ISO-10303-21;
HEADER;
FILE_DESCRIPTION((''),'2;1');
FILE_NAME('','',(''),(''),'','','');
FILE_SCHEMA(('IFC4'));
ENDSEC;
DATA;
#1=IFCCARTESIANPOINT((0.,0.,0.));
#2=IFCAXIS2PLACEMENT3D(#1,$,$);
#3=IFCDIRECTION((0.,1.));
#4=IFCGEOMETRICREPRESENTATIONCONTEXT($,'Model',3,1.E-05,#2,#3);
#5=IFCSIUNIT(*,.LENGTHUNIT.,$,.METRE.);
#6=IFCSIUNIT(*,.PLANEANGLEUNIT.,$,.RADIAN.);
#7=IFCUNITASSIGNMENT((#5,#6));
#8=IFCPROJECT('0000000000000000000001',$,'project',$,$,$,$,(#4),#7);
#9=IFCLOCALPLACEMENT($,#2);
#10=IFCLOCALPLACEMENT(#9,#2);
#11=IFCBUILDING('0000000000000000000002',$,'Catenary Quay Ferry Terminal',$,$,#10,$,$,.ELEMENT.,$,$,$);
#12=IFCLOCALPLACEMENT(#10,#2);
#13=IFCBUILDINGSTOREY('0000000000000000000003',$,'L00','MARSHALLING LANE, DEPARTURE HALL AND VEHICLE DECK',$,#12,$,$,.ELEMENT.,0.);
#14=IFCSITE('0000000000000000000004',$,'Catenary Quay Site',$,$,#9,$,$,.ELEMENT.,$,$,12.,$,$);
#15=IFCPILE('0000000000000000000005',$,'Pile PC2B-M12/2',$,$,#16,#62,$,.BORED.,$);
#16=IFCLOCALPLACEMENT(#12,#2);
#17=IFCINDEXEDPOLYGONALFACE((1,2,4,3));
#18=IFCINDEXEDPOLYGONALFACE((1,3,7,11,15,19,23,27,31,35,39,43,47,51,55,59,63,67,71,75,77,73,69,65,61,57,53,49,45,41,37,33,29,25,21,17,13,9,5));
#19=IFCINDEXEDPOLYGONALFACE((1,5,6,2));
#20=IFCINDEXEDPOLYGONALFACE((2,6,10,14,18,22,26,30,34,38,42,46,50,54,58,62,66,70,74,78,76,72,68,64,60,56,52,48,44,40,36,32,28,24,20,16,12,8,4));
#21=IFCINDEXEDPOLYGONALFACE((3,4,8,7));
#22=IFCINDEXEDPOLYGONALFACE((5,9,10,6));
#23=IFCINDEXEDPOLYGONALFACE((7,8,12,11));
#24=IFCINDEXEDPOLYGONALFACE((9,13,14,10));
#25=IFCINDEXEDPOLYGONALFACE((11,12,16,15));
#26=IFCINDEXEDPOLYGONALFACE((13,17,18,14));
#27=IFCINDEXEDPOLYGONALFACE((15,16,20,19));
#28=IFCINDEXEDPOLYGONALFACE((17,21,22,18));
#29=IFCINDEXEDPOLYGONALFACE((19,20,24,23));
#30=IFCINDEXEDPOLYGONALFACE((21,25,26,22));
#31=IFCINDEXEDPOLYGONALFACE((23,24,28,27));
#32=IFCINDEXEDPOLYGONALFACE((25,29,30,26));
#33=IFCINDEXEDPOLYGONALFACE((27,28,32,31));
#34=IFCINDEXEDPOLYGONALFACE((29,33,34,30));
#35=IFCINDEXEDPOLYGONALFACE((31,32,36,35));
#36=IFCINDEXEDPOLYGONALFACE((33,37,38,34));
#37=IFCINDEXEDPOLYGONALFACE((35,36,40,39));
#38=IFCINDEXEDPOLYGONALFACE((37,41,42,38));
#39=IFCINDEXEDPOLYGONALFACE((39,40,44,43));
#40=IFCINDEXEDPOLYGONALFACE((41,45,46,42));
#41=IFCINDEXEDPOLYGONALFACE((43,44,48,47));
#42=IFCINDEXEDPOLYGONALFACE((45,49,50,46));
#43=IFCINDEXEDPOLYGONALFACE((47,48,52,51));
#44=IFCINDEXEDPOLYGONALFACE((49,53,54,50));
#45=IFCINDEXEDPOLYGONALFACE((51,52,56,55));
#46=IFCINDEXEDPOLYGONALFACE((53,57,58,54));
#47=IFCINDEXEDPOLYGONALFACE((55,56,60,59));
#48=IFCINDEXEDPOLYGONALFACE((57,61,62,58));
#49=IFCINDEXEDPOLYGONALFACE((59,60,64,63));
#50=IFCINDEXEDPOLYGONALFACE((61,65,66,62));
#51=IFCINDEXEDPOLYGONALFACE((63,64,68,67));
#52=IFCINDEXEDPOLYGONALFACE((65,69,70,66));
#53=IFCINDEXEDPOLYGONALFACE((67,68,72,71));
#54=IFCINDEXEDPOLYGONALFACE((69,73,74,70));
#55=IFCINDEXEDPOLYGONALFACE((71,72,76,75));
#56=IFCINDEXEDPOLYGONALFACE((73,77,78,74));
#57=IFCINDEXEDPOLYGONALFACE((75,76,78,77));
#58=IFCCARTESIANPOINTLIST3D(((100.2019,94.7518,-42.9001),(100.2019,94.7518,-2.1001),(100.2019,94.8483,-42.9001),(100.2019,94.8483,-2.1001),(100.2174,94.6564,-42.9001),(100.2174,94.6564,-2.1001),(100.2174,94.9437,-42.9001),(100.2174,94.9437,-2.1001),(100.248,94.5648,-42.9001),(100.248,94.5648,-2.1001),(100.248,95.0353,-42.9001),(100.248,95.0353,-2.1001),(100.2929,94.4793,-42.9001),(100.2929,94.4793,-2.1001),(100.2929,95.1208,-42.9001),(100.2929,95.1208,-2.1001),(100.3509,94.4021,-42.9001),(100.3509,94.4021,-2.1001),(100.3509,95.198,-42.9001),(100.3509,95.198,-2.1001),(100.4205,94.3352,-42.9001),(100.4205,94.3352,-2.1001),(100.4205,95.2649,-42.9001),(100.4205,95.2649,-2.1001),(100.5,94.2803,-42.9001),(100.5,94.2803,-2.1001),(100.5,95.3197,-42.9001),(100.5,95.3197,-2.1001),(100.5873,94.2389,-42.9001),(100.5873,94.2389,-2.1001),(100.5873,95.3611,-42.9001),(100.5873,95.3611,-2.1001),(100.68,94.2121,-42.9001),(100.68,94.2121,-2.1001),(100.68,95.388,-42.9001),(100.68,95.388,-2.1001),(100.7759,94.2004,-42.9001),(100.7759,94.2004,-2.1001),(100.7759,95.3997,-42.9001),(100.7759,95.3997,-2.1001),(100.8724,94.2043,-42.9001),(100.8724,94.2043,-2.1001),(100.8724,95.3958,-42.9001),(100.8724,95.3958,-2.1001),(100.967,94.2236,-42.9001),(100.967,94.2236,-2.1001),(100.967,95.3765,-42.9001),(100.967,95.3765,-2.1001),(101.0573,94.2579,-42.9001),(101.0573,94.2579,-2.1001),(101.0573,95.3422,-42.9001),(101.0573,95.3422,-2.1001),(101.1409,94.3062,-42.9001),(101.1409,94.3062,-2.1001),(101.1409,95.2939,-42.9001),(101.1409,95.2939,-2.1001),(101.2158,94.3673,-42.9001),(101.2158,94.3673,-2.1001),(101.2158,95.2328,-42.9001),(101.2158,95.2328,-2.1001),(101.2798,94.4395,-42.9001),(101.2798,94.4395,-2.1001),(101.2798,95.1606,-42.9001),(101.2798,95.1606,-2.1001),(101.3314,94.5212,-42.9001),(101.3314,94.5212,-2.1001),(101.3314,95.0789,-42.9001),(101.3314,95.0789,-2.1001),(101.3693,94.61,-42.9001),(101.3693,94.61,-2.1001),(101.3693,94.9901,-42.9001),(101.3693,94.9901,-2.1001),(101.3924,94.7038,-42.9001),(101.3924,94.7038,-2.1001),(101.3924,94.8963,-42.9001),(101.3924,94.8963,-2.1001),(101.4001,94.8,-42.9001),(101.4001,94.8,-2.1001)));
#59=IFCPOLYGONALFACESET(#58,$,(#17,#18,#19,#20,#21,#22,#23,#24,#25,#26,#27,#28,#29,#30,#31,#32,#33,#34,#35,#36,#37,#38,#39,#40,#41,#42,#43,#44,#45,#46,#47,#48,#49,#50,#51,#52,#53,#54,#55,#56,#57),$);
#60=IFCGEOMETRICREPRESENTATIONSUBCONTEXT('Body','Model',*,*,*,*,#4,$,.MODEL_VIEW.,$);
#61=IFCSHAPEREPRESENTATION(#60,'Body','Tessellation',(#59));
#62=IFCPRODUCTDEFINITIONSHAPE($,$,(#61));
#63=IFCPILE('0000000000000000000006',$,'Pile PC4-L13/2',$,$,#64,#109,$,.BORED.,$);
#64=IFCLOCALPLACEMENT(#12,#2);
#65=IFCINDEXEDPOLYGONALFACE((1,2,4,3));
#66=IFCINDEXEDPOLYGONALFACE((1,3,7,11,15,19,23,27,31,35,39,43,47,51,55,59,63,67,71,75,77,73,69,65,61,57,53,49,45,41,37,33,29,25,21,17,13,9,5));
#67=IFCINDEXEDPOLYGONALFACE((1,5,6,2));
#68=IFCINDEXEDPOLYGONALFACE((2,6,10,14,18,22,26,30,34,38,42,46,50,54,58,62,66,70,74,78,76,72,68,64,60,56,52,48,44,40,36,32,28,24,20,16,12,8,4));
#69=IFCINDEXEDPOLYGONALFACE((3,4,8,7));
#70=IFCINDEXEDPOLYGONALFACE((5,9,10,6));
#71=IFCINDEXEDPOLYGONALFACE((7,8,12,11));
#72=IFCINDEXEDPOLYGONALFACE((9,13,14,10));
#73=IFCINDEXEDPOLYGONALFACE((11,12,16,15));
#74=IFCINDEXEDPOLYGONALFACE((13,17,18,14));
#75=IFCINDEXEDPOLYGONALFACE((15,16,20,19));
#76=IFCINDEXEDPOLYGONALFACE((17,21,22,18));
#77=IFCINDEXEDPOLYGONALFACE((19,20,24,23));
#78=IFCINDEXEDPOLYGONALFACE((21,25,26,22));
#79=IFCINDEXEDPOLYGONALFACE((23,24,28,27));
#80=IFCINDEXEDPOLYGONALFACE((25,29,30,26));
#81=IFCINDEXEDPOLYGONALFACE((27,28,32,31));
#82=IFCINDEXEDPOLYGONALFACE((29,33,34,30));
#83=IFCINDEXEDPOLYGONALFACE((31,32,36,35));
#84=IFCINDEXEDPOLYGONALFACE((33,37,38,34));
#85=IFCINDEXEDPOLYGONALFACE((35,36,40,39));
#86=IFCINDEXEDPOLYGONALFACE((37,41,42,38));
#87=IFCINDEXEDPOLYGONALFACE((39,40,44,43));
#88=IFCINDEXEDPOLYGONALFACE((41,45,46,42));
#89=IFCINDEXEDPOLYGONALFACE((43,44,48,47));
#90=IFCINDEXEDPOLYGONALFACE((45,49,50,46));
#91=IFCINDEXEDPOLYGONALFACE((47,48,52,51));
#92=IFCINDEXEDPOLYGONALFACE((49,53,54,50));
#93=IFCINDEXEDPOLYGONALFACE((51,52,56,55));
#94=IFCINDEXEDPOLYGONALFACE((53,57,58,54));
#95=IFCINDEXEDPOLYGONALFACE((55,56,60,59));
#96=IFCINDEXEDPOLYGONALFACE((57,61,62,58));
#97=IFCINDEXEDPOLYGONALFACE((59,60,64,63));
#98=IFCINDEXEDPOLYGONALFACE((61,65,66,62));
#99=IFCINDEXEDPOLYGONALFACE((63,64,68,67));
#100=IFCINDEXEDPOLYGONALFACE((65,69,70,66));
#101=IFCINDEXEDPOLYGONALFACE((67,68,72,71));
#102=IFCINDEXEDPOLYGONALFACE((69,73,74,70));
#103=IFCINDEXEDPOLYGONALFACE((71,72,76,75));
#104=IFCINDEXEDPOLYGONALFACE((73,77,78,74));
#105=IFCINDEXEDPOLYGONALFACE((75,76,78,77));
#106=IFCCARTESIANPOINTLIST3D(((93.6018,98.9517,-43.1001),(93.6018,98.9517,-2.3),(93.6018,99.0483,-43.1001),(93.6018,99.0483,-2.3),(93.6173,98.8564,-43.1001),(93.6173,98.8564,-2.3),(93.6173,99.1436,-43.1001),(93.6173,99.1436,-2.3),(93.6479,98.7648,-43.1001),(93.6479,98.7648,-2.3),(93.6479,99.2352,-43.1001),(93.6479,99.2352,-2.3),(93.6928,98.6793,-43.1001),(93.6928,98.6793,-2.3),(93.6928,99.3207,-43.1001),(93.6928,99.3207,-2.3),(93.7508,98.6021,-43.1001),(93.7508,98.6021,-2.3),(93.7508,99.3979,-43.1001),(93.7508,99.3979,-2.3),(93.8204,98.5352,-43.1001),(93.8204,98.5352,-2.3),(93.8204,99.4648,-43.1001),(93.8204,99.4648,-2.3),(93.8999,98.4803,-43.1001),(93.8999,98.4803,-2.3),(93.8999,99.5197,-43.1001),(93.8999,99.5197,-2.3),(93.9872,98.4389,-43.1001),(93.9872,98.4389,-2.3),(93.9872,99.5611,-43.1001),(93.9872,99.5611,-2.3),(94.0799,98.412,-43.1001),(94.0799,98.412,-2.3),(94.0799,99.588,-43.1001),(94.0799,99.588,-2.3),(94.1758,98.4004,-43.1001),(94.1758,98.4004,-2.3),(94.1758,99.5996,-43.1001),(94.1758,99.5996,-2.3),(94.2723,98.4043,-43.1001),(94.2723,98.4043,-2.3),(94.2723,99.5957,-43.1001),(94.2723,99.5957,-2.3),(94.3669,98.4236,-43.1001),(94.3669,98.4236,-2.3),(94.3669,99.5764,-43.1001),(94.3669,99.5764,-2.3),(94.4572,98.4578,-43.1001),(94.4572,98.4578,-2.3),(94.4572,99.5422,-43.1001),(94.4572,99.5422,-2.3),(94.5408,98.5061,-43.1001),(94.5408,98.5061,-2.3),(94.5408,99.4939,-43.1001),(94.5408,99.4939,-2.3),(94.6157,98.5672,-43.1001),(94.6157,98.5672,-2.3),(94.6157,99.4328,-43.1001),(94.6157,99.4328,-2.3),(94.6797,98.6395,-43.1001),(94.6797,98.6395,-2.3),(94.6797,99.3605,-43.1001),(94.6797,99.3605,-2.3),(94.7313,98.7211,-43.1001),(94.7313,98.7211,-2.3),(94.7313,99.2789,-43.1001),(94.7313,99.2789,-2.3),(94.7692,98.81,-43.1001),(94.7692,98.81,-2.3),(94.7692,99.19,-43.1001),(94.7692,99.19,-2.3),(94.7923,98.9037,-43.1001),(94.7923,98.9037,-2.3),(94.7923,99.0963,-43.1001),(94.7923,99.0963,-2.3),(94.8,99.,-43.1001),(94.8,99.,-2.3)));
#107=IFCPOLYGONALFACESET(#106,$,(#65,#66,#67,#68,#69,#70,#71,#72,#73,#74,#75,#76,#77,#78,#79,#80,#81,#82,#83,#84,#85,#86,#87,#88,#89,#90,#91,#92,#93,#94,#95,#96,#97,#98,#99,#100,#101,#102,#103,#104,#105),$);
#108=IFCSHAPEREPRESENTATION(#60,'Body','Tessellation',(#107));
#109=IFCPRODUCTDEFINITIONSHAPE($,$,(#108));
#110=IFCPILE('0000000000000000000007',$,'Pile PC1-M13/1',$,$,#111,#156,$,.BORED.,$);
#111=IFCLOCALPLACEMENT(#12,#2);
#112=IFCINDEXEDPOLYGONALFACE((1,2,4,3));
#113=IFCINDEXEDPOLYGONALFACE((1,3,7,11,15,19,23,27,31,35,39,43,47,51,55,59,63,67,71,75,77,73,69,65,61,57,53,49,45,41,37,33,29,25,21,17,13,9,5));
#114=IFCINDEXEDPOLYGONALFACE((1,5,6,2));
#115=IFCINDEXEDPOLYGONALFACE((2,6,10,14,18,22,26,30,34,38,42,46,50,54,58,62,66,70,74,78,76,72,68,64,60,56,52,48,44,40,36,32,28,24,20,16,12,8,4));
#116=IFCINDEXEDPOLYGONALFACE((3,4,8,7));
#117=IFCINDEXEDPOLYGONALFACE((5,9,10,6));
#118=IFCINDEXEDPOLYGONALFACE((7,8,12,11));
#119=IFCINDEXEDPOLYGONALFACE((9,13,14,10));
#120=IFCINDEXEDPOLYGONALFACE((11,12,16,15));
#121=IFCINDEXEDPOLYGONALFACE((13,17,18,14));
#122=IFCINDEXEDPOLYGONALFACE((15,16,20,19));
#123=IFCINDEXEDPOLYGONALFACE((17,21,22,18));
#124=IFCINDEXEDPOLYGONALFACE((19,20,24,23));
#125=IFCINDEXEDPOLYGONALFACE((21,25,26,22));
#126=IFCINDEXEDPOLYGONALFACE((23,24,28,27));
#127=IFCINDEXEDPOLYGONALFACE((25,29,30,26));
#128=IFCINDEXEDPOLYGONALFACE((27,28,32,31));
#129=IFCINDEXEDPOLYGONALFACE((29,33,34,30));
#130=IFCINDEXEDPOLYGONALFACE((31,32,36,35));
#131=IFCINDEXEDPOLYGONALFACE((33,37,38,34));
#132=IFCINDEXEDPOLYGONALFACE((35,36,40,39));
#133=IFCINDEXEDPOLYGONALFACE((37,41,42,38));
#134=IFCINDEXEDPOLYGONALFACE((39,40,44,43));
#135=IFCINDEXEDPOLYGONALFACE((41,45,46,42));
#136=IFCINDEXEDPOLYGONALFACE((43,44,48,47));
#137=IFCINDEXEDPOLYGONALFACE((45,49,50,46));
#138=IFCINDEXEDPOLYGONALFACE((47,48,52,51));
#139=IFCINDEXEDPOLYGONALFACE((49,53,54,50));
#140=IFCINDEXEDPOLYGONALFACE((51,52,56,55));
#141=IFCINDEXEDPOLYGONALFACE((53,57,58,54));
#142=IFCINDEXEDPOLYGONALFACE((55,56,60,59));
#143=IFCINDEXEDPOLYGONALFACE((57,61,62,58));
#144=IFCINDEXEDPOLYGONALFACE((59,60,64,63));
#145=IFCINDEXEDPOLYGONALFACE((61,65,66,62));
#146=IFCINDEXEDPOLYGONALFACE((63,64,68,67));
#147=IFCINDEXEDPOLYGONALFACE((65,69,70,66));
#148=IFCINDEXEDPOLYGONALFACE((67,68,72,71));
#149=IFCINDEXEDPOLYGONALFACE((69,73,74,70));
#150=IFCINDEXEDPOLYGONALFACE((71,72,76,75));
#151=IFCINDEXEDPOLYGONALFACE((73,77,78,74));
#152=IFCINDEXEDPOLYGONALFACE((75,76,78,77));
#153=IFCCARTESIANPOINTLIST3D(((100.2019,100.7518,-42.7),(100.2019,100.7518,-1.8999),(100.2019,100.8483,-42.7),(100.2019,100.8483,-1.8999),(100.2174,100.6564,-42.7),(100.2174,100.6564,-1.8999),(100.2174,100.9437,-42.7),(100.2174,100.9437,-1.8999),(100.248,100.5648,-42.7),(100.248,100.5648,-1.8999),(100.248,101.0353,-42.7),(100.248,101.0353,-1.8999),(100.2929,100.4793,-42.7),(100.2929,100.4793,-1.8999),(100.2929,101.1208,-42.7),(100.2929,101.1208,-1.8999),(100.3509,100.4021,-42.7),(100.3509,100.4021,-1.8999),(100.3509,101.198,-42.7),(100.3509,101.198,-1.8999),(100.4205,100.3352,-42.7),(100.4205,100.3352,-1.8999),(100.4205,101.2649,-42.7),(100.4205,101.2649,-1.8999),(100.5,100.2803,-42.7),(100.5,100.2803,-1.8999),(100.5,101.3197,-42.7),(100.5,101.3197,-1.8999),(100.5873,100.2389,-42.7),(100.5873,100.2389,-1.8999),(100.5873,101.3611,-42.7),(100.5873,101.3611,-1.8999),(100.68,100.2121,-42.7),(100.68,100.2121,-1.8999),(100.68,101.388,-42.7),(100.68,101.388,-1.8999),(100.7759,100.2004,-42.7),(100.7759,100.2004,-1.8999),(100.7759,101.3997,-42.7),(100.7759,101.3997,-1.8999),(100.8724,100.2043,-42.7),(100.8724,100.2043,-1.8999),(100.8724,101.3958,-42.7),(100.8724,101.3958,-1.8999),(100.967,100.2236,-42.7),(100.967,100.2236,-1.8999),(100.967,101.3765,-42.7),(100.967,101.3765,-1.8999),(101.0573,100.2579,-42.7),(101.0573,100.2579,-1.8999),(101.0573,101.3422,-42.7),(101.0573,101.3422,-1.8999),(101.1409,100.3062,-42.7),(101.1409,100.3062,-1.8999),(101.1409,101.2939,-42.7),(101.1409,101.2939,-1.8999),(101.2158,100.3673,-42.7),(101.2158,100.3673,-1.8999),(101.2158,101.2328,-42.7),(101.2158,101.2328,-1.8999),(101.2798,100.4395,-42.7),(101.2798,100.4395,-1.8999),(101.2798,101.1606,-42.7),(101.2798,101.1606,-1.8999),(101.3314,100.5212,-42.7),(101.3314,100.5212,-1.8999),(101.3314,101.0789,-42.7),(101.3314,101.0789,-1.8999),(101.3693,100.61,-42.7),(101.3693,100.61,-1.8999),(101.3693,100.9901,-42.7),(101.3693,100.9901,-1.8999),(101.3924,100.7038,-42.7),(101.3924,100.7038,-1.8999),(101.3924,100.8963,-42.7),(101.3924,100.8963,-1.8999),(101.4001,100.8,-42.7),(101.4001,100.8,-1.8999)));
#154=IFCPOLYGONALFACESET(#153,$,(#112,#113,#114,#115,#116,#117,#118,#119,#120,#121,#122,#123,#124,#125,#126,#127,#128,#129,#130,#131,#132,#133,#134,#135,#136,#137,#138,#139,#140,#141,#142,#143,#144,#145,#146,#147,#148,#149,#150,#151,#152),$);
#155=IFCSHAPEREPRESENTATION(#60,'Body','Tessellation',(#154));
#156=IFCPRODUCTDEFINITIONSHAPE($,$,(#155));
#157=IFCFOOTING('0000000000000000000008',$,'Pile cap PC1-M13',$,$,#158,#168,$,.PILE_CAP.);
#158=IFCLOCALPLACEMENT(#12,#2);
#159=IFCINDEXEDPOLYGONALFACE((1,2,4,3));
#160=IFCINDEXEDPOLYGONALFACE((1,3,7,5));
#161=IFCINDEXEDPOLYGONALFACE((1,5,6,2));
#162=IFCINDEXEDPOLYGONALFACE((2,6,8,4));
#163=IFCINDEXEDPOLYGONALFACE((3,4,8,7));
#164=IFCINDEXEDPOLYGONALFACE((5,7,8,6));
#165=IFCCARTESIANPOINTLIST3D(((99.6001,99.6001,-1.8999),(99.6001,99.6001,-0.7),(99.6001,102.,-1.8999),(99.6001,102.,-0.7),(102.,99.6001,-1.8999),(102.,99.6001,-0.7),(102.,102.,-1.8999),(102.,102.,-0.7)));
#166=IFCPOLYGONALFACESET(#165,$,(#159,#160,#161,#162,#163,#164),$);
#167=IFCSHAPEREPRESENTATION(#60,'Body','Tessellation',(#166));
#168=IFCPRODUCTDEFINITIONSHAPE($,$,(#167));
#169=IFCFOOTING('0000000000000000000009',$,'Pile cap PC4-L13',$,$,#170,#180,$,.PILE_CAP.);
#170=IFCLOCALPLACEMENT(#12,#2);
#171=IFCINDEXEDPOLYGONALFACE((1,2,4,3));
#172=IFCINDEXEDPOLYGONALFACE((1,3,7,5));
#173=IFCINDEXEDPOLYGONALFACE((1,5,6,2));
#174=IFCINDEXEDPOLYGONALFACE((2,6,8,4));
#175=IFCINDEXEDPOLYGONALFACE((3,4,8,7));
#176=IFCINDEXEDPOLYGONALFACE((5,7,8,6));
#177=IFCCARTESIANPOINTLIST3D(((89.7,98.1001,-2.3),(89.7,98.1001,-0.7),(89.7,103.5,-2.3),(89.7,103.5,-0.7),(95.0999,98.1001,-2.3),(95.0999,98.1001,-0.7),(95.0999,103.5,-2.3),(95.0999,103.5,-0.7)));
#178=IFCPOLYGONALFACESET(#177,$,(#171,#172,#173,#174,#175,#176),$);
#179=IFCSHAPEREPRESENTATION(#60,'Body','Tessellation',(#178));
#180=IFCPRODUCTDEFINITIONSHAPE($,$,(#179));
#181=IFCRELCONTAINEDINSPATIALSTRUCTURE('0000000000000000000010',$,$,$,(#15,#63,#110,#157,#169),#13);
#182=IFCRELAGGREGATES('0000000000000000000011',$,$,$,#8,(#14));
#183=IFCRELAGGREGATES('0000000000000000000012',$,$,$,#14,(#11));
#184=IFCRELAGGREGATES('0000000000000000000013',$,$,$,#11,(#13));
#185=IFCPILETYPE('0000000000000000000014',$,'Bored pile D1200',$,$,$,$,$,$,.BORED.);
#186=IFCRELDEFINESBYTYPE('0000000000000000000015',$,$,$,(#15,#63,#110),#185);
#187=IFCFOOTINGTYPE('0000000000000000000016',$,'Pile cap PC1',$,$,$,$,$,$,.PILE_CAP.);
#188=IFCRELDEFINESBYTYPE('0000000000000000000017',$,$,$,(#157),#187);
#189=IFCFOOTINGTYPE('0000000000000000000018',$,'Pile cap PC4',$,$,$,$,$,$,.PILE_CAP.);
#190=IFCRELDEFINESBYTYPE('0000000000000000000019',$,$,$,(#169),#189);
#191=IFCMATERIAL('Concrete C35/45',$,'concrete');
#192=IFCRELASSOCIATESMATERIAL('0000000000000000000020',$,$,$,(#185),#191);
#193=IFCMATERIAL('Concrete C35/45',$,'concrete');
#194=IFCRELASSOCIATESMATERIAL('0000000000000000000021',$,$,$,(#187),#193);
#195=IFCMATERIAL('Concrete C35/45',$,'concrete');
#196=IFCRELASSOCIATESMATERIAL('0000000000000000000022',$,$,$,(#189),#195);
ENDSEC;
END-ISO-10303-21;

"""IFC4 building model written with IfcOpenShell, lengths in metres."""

from ifc_helpers import new_model, si_unit, direction, frame, origin, origin_2d, place, context, subcontext, project, spatial, rectangle, circle, extrude, material, material_profile, profile_set, type_object, element, save


model = new_model("IFC4")

# Units and contexts
model_context = context("Model", 3, precision=1e-05, world=origin(), true_north=direction((0.0, 1.0)))
body_context = subcontext(model_context, "Body", "Model", "MODEL_VIEW")
ifc_project = project(units=[si_unit("LENGTHUNIT", "METRE"), si_unit("PLANEANGLEUNIT", "RADIAN")], contexts=[model_context])

# Site, building, storey
site_placement = place(None, origin())
site = spatial("IfcSite", under=ifc_project, at=site_placement, Name="Catenary Quay Site", CompositionType="ELEMENT", RefElevation=12.0)
building_placement = place(site_placement, origin())
building = spatial("IfcBuilding", under=site, at=building_placement, Name="Catenary Quay Ferry Terminal", CompositionType="ELEMENT")
storey_placement = place(building_placement, origin())
storey = spatial("IfcBuildingStorey", under=building, at=storey_placement, Name="L00", Description="MARSHALLING LANE, DEPARTURE HALL AND VEHICLE DECK", CompositionType="ELEMENT", Elevation=0.0)

# Piles
ifc_material_1 = material(Name="Concrete C35/45", Category="concrete")
ifc_material_profile_1 = material_profile(ifc_material_1, circle(Radius=0.6001, at=origin_2d()), Name="D1200")
ifc_profile_set_1 = profile_set([ifc_material_profile_1], Name="Concrete C35/45")
pile_type = type_object("IfcPileType", Name="Bored pile D1200", PredefinedType="BORED", material=ifc_profile_set_1)
for number, where, z_axis, x_axis, name in (
    (1, (100.8, 94.8, -2.1001), (0.0, 0.0, -1.0), (1.0, 0.0, 0.0), "Pile PC2B-M12/2"),
    (2, (94.2, 99.0, -2.3), (0.0, 0.0, -1.0), (1.0, 0.0, 0.0), "Pile PC4-L13/2"),
    (3, (100.8, 100.8, -1.8999), (0.0, 0.0, -1.0), (1.0, 0.0, 0.0), "Pile PC1-M13/1"),
):
    element("IfcPile", number, at=place(storey_placement, frame(where, z_axis=z_axis, x_axis=x_axis)), inside=storey, type_object=pile_type, Name=name, PredefinedType="BORED", context=body_context, shape_type="SweptSolid", body=[
        extrude(circle(Radius=0.6001, at=origin_2d()), origin(), (0.0, 0.0, 1.0), 40.8),
    ])

# Footings
ifc_material_2 = material(Name="Concrete C35/45", Category="concrete")
footing_type_1 = type_object("IfcFootingType", Name="Pile cap PC1", PredefinedType="PILE_CAP", material=ifc_material_2)
footing_1_placement = place(storey_placement, frame((100.8, 100.8, -1.8999), z_axis=(0.0, 0.0, 1.0), x_axis=(1.0, 0.0, 0.0)))
element("IfcFooting", 4, at=footing_1_placement, inside=storey, type_object=footing_type_1, Name="Pile cap PC1-M13", PredefinedType="PILE_CAP", context=body_context, shape_type="SweptSolid", body=[
    extrude(rectangle(XDim=2.3999, YDim=2.3999, at=origin_2d()), origin(), (0.0, 0.0, 1.0), 1.2),
])
ifc_material_3 = material(Name="Concrete C35/45", Category="concrete")
footing_type_2 = type_object("IfcFootingType", Name="Pile cap PC4", PredefinedType="PILE_CAP", material=ifc_material_3)
footing_2_placement = place(storey_placement, frame((92.3999, 100.8, -2.3), z_axis=(0.0, 0.0, 1.0), x_axis=(1.0, 0.0, 0.0)))
element("IfcFooting", 5, at=footing_2_placement, inside=storey, type_object=footing_type_2, Name="Pile cap PC4-L13", PredefinedType="PILE_CAP", context=body_context, shape_type="SweptSolid", body=[
    extrude(rectangle(XDim=5.3999, YDim=5.3999, at=origin_2d()), origin(), (0.0, 0.0, 1.0), 1.6001),
])

save(model, "model.ifc")
